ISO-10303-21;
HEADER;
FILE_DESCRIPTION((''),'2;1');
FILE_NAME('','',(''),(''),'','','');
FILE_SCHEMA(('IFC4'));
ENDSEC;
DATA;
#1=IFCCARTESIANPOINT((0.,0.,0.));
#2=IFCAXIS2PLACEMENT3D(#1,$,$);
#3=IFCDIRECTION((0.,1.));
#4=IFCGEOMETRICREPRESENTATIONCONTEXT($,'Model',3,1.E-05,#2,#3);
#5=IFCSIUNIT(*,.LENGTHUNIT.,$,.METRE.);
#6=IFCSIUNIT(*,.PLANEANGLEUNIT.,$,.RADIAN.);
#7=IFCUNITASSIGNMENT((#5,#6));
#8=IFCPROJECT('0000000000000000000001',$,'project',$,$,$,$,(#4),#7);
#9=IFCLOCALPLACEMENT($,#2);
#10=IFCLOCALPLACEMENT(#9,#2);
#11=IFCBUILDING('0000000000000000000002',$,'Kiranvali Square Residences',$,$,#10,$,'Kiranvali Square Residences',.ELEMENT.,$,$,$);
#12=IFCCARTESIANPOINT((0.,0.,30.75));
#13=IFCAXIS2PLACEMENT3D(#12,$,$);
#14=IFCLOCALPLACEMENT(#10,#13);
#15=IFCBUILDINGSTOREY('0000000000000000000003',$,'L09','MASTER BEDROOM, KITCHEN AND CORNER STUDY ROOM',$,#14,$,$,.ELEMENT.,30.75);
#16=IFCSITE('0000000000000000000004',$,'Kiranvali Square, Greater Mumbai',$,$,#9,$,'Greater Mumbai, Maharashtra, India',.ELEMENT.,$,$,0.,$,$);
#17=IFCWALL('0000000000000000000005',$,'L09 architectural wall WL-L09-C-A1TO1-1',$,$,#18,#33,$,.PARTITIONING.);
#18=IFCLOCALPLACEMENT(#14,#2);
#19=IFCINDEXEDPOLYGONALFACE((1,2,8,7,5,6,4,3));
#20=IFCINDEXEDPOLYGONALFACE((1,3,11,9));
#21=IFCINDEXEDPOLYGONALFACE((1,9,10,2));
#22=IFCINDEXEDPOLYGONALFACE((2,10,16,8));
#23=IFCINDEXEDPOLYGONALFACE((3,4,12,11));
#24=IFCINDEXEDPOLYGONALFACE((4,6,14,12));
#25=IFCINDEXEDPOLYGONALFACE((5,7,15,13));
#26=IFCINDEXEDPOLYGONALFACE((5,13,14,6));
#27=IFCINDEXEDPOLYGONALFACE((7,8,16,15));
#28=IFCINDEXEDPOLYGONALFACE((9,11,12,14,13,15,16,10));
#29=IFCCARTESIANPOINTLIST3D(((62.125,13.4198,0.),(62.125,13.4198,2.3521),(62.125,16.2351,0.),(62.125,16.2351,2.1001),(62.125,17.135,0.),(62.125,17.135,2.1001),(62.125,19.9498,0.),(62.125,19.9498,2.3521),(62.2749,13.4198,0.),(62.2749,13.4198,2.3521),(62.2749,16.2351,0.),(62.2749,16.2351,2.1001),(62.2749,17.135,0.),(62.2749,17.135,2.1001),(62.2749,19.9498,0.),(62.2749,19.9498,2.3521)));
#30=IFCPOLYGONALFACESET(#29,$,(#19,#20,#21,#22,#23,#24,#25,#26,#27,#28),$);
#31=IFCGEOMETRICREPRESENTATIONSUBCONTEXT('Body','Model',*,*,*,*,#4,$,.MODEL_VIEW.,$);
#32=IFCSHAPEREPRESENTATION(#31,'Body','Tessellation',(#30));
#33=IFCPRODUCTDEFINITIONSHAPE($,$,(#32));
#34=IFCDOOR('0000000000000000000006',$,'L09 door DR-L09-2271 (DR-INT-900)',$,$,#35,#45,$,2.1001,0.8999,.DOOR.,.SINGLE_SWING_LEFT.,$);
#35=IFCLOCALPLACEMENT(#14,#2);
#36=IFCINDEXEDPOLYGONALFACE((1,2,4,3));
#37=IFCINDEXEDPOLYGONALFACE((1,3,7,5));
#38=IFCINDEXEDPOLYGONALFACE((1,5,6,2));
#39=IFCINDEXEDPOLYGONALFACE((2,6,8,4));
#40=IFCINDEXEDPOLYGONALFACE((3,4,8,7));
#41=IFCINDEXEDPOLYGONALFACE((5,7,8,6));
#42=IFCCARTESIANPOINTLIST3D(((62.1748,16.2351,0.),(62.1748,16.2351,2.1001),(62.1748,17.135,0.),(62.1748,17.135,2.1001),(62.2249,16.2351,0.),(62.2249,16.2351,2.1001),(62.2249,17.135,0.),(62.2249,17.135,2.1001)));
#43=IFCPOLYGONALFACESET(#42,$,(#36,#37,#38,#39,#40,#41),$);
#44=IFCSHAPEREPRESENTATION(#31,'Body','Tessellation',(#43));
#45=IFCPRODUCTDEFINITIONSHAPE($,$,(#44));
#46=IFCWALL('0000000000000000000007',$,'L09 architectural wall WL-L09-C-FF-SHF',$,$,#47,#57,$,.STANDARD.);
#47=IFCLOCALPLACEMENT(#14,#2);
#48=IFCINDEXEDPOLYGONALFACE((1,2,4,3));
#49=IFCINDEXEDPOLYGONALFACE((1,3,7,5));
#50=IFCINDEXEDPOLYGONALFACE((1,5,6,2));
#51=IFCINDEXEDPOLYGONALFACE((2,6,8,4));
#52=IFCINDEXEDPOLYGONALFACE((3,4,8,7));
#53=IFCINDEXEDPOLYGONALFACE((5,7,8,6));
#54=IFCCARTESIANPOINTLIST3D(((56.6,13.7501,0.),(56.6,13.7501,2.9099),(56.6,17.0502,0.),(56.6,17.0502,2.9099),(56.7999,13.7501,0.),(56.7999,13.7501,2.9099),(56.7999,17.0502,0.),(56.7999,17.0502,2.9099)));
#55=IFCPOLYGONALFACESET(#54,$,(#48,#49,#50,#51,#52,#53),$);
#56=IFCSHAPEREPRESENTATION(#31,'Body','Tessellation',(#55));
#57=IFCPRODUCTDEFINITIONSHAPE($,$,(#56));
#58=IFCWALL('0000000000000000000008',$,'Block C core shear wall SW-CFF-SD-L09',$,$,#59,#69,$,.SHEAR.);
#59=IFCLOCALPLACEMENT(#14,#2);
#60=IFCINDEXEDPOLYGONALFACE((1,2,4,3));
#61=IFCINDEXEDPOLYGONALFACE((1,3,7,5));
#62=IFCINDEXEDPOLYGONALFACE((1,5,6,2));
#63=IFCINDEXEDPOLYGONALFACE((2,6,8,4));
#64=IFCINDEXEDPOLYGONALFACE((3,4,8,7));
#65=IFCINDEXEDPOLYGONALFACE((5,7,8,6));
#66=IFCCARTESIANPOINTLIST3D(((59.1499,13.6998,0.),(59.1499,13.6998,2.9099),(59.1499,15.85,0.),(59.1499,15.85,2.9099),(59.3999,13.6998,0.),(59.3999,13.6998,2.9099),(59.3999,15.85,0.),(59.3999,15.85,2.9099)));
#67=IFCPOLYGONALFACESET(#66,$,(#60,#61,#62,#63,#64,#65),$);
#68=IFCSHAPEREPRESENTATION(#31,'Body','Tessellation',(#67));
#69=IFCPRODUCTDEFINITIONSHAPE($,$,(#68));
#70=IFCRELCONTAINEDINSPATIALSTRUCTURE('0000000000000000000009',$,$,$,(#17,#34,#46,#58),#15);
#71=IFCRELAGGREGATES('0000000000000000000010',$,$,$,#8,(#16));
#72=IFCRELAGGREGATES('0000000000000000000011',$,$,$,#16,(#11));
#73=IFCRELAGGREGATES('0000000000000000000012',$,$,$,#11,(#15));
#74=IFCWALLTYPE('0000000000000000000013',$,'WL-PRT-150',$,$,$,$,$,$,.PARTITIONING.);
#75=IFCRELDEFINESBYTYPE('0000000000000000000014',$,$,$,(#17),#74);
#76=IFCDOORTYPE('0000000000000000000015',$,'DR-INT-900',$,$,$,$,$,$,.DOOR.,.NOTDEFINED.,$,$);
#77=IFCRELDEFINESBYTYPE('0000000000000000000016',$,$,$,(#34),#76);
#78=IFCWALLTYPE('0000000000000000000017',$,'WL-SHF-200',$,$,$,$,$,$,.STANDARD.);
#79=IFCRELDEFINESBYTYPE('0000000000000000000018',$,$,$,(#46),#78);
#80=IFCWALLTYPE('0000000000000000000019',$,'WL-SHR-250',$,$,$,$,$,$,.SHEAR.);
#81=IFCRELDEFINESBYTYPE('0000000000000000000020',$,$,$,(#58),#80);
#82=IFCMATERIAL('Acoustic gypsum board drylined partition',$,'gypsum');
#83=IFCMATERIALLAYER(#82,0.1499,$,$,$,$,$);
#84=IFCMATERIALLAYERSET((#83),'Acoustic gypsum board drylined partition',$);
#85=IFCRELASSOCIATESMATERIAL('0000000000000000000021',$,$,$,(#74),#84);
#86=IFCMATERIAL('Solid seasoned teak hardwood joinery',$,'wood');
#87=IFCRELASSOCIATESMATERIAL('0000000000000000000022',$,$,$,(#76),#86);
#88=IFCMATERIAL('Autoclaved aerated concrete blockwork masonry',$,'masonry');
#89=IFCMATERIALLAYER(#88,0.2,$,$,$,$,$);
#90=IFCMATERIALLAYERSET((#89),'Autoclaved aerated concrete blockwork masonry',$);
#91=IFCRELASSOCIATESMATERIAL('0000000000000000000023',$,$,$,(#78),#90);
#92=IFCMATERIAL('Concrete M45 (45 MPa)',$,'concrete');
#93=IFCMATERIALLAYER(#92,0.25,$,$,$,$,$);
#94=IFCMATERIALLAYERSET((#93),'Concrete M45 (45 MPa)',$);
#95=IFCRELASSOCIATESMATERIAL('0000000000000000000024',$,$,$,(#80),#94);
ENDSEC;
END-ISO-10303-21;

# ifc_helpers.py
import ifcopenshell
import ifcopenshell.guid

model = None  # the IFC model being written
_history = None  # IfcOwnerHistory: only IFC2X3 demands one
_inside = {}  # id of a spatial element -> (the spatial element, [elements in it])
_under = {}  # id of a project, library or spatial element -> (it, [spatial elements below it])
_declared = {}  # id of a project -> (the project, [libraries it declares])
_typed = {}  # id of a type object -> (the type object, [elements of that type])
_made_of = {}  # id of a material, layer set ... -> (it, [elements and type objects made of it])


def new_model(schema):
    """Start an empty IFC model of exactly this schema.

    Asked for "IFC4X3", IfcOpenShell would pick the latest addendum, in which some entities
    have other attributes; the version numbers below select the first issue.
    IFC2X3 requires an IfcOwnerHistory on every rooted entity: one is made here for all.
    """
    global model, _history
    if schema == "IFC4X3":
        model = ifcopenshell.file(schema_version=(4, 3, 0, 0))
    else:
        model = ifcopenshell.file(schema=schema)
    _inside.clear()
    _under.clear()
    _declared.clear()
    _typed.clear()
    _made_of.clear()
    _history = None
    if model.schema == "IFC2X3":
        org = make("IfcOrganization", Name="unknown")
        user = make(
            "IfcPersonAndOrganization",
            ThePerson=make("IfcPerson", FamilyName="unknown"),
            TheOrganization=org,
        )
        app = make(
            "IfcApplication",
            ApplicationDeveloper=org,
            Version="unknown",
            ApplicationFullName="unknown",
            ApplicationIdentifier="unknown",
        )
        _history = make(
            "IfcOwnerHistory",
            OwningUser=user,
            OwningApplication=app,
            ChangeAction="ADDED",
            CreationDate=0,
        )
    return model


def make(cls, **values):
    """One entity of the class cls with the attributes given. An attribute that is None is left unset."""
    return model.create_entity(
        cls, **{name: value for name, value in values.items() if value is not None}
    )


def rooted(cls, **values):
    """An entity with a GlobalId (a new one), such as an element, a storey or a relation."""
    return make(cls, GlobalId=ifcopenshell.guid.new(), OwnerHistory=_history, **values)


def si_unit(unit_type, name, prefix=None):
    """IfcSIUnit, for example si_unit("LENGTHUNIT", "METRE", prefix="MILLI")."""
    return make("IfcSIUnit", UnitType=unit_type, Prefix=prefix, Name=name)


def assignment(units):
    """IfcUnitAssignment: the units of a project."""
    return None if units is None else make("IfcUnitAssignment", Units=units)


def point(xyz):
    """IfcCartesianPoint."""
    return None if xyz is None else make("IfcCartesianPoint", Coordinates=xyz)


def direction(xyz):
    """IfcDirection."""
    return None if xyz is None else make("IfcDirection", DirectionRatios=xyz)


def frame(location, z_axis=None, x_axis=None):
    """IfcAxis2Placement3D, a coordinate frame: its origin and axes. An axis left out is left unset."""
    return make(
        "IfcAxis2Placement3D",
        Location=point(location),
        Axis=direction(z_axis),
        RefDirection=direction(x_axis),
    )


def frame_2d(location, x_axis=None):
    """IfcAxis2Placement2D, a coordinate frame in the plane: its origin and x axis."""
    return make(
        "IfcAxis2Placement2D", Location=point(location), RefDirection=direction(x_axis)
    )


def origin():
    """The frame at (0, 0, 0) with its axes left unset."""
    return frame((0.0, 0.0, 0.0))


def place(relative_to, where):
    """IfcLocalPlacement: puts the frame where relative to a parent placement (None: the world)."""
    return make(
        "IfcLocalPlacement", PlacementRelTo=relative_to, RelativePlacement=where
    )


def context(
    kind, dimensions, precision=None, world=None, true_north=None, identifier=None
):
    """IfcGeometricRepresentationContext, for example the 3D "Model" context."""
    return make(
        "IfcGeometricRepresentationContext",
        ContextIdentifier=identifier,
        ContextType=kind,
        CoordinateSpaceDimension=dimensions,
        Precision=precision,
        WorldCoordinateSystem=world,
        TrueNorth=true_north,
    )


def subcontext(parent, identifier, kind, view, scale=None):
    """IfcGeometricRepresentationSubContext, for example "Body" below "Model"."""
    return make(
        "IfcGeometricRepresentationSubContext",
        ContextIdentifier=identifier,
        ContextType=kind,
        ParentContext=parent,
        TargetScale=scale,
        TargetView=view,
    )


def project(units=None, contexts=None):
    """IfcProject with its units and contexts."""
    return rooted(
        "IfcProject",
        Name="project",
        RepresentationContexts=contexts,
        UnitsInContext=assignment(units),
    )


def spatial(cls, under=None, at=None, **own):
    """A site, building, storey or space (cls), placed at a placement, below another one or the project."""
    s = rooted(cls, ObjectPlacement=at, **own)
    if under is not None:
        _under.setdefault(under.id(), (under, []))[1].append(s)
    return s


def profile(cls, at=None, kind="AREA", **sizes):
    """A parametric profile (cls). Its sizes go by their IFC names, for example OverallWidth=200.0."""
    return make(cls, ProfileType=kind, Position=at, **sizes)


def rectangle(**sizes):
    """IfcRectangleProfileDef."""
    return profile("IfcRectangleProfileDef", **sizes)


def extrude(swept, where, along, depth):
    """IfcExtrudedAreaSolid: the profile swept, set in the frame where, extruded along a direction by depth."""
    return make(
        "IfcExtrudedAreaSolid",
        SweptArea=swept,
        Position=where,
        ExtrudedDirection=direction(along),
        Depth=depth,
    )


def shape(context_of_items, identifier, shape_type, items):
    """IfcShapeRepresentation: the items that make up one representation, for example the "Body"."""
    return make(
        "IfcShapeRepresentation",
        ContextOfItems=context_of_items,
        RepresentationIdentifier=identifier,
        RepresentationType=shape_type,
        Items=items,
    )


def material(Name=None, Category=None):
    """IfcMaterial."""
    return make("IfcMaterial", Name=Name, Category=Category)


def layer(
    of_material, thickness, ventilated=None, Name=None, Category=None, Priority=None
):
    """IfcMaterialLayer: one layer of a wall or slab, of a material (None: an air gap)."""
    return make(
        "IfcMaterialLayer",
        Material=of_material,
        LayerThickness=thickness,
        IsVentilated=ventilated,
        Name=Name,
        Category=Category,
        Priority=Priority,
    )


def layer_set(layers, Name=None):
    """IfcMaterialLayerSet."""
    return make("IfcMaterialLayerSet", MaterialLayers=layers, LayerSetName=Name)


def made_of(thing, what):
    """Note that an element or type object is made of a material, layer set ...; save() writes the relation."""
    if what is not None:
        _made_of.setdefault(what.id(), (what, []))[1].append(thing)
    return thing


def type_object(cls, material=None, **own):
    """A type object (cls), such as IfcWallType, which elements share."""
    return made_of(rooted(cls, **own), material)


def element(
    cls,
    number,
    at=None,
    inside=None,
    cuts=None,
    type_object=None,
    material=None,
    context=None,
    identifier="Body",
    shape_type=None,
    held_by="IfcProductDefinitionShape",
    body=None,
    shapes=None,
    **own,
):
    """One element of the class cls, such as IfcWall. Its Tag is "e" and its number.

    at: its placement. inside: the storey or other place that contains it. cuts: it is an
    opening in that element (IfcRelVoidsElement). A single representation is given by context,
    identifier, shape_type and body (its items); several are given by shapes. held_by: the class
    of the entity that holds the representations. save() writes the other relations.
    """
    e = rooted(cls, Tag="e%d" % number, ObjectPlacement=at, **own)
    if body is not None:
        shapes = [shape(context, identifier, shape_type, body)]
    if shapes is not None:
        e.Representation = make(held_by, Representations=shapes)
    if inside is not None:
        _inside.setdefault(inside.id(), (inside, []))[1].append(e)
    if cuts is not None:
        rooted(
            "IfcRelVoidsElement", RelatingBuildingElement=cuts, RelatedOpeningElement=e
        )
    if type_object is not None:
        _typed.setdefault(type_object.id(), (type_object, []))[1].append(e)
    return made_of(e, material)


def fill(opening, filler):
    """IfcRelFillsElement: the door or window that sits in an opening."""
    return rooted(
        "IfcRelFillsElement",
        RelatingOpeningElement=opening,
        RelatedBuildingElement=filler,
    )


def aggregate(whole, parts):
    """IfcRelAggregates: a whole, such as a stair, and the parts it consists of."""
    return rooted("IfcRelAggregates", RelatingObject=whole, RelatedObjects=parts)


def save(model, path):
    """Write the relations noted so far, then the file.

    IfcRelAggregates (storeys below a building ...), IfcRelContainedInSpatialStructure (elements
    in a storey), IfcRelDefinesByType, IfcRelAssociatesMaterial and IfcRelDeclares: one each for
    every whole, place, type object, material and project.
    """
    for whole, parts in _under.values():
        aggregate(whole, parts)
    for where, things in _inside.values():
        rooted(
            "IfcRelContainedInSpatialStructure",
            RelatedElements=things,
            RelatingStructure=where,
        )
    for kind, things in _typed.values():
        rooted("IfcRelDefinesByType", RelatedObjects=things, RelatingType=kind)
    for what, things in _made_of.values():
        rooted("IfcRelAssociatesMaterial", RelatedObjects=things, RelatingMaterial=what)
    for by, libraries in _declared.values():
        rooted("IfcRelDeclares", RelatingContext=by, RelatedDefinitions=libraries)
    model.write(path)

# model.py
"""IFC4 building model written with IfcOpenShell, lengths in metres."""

from ifc_helpers import new_model, si_unit, direction, frame, frame_2d, origin, place, context, subcontext, project, spatial, rectangle, extrude, material, layer, layer_set, type_object, element, fill, save


model = new_model("IFC4")

# Units and contexts
model_context = context("Model", 3, precision=1e-05, world=origin(), true_north=direction((0.0, 1.0)))
body_context = subcontext(model_context, "Body", "Model", "MODEL_VIEW")
ifc_project = project(units=[si_unit("LENGTHUNIT", "METRE"), si_unit("PLANEANGLEUNIT", "RADIAN")], contexts=[model_context])

# Site, building, storey
site_placement = place(None, origin())
site = spatial("IfcSite", under=ifc_project, at=site_placement, Name="Kiranvali Square, Greater Mumbai", LongName="Greater Mumbai, Maharashtra, India", CompositionType="ELEMENT", RefElevation=0.0)
building_placement = place(site_placement, origin())
building = spatial("IfcBuilding", under=site, at=building_placement, Name="Kiranvali Square Residences", LongName="Kiranvali Square Residences", CompositionType="ELEMENT")
storey_placement = place(building_placement, frame((0.0, 0.0, 30.75)))
storey = spatial("IfcBuildingStorey", under=building, at=storey_placement, Name="L09", Description="MASTER BEDROOM, KITCHEN AND CORNER STUDY ROOM", CompositionType="ELEMENT", Elevation=30.75)

# Shared definitions
ifc_material_1 = material(Name="Concrete M45 (45 MPa)", Category="concrete")

# Shared definitions
ifc_material_2 = material(Name="Autoclaved aerated concrete blockwork masonry", Category="masonry")

# Wall, opening, door
ifc_material_3 = material(Name="Acoustic gypsum board drylined partition", Category="gypsum")
ifc_layer_1 = layer(ifc_material_3, 0.1499)
ifc_layer_set_1 = layer_set([ifc_layer_1], Name="Acoustic gypsum board drylined partition")
wall_type_1 = type_object("IfcWallType", Name="WL-PRT-150", PredefinedType="PARTITIONING", material=ifc_layer_set_1)
wall_1_placement = place(storey_placement, frame((62.2, 19.95, 0.0), z_axis=(0.0, 0.0, 1.0), x_axis=(0.0, -1.0, 0.0)))
wall_1 = element("IfcWall", 1, at=wall_1_placement, inside=storey, type_object=wall_type_1, Name="L09 architectural wall WL-L09-C-A1TO1-1", PredefinedType="PARTITIONING", context=body_context, shape_type="SweptSolid", body=[
    extrude(rectangle(XDim=6.53, YDim=0.1499, at=frame_2d((3.2651, 0.0))), origin(), (0.0, 0.0, 1.0), 2.3521),
])
opening_1_placement = place(wall_1_placement, frame((2.8149, 0.0, 0.0)))
opening_1 = element("IfcOpeningElement", 2, at=opening_1_placement, cuts=wall_1, PredefinedType="OPENING", context=body_context, shape_type="SweptSolid", body=[
    extrude(rectangle(XDim=0.8999, YDim=2.1001, at=frame_2d((0.45, 1.05))), frame((0.0, 0.085, 0.0), z_axis=(0.0, -1.0, 0.0), x_axis=(1.0, 0.0, 0.0)), (0.0, 0.0, 1.0), 0.1699),
])
ifc_material_4 = material(Name="Solid seasoned teak hardwood joinery", Category="wood")
door_type_1 = type_object("IfcDoorType", Name="DR-INT-900", OperationType="NOTDEFINED", PredefinedType="DOOR", material=ifc_material_4)
door_1_placement = place(opening_1_placement, origin())
door_1 = element("IfcDoor", 3, at=door_1_placement, inside=storey, type_object=door_type_1, Name="L09 door DR-L09-2271 (DR-INT-900)", OperationType="SINGLE_SWING_LEFT", OverallHeight=2.1001, OverallWidth=0.8999, PredefinedType="DOOR", context=body_context, shape_type="SweptSolid", body=[
    extrude(rectangle(XDim=0.8999, YDim=2.1001, at=frame_2d((0.45, 1.05))), frame((0.0, 0.0249, 0.0), z_axis=(0.0, -1.0, 0.0), x_axis=(1.0, 0.0, 0.0)), (0.0, 0.0, 1.0), 0.05),
])
fill(opening_1, door_1)

# Walls
ifc_layer_2 = layer(ifc_material_2, 0.2)
ifc_layer_set_2 = layer_set([ifc_layer_2], Name="Autoclaved aerated concrete blockwork masonry")
wall_type_2 = type_object("IfcWallType", Name="WL-SHF-200", PredefinedType="STANDARD", material=ifc_layer_set_2)
wall_2_placement = place(storey_placement, frame((56.7, 17.05, 0.0), z_axis=(0.0, 0.0, 1.0), x_axis=(0.0, -1.0, 0.0)))
element("IfcWall", 4, at=wall_2_placement, inside=storey, type_object=wall_type_2, Name="L09 architectural wall WL-L09-C-FF-SHF", PredefinedType="STANDARD", context=body_context, shape_type="SweptSolid", body=[
    extrude(rectangle(XDim=3.3, YDim=0.2, at=frame_2d((1.6499, 0.0))), origin(), (0.0, 0.0, 1.0), 2.9099),
])
ifc_layer_3 = layer(ifc_material_1, 0.25)
ifc_layer_set_3 = layer_set([ifc_layer_3], Name="Concrete M45 (45 MPa)")
wall_type_3 = type_object("IfcWallType", Name="WL-SHR-250", PredefinedType="SHEAR", material=ifc_layer_set_3)
wall_3_placement = place(storey_placement, frame((59.2749, 15.8501, 0.0), z_axis=(0.0, 0.0, 1.0), x_axis=(0.0, -1.0, 0.0)))
element("IfcWall", 5, at=wall_3_placement, inside=storey, type_object=wall_type_3, Name="Block C core shear wall SW-CFF-SD-L09", PredefinedType="SHEAR", context=body_context, shape_type="SweptSolid", body=[
    extrude(rectangle(XDim=2.1501, YDim=0.25, at=frame_2d((1.0752, 0.0))), origin(), (0.0, 0.0, 1.0), 2.9099),
])

save(model, "model.ifc")
